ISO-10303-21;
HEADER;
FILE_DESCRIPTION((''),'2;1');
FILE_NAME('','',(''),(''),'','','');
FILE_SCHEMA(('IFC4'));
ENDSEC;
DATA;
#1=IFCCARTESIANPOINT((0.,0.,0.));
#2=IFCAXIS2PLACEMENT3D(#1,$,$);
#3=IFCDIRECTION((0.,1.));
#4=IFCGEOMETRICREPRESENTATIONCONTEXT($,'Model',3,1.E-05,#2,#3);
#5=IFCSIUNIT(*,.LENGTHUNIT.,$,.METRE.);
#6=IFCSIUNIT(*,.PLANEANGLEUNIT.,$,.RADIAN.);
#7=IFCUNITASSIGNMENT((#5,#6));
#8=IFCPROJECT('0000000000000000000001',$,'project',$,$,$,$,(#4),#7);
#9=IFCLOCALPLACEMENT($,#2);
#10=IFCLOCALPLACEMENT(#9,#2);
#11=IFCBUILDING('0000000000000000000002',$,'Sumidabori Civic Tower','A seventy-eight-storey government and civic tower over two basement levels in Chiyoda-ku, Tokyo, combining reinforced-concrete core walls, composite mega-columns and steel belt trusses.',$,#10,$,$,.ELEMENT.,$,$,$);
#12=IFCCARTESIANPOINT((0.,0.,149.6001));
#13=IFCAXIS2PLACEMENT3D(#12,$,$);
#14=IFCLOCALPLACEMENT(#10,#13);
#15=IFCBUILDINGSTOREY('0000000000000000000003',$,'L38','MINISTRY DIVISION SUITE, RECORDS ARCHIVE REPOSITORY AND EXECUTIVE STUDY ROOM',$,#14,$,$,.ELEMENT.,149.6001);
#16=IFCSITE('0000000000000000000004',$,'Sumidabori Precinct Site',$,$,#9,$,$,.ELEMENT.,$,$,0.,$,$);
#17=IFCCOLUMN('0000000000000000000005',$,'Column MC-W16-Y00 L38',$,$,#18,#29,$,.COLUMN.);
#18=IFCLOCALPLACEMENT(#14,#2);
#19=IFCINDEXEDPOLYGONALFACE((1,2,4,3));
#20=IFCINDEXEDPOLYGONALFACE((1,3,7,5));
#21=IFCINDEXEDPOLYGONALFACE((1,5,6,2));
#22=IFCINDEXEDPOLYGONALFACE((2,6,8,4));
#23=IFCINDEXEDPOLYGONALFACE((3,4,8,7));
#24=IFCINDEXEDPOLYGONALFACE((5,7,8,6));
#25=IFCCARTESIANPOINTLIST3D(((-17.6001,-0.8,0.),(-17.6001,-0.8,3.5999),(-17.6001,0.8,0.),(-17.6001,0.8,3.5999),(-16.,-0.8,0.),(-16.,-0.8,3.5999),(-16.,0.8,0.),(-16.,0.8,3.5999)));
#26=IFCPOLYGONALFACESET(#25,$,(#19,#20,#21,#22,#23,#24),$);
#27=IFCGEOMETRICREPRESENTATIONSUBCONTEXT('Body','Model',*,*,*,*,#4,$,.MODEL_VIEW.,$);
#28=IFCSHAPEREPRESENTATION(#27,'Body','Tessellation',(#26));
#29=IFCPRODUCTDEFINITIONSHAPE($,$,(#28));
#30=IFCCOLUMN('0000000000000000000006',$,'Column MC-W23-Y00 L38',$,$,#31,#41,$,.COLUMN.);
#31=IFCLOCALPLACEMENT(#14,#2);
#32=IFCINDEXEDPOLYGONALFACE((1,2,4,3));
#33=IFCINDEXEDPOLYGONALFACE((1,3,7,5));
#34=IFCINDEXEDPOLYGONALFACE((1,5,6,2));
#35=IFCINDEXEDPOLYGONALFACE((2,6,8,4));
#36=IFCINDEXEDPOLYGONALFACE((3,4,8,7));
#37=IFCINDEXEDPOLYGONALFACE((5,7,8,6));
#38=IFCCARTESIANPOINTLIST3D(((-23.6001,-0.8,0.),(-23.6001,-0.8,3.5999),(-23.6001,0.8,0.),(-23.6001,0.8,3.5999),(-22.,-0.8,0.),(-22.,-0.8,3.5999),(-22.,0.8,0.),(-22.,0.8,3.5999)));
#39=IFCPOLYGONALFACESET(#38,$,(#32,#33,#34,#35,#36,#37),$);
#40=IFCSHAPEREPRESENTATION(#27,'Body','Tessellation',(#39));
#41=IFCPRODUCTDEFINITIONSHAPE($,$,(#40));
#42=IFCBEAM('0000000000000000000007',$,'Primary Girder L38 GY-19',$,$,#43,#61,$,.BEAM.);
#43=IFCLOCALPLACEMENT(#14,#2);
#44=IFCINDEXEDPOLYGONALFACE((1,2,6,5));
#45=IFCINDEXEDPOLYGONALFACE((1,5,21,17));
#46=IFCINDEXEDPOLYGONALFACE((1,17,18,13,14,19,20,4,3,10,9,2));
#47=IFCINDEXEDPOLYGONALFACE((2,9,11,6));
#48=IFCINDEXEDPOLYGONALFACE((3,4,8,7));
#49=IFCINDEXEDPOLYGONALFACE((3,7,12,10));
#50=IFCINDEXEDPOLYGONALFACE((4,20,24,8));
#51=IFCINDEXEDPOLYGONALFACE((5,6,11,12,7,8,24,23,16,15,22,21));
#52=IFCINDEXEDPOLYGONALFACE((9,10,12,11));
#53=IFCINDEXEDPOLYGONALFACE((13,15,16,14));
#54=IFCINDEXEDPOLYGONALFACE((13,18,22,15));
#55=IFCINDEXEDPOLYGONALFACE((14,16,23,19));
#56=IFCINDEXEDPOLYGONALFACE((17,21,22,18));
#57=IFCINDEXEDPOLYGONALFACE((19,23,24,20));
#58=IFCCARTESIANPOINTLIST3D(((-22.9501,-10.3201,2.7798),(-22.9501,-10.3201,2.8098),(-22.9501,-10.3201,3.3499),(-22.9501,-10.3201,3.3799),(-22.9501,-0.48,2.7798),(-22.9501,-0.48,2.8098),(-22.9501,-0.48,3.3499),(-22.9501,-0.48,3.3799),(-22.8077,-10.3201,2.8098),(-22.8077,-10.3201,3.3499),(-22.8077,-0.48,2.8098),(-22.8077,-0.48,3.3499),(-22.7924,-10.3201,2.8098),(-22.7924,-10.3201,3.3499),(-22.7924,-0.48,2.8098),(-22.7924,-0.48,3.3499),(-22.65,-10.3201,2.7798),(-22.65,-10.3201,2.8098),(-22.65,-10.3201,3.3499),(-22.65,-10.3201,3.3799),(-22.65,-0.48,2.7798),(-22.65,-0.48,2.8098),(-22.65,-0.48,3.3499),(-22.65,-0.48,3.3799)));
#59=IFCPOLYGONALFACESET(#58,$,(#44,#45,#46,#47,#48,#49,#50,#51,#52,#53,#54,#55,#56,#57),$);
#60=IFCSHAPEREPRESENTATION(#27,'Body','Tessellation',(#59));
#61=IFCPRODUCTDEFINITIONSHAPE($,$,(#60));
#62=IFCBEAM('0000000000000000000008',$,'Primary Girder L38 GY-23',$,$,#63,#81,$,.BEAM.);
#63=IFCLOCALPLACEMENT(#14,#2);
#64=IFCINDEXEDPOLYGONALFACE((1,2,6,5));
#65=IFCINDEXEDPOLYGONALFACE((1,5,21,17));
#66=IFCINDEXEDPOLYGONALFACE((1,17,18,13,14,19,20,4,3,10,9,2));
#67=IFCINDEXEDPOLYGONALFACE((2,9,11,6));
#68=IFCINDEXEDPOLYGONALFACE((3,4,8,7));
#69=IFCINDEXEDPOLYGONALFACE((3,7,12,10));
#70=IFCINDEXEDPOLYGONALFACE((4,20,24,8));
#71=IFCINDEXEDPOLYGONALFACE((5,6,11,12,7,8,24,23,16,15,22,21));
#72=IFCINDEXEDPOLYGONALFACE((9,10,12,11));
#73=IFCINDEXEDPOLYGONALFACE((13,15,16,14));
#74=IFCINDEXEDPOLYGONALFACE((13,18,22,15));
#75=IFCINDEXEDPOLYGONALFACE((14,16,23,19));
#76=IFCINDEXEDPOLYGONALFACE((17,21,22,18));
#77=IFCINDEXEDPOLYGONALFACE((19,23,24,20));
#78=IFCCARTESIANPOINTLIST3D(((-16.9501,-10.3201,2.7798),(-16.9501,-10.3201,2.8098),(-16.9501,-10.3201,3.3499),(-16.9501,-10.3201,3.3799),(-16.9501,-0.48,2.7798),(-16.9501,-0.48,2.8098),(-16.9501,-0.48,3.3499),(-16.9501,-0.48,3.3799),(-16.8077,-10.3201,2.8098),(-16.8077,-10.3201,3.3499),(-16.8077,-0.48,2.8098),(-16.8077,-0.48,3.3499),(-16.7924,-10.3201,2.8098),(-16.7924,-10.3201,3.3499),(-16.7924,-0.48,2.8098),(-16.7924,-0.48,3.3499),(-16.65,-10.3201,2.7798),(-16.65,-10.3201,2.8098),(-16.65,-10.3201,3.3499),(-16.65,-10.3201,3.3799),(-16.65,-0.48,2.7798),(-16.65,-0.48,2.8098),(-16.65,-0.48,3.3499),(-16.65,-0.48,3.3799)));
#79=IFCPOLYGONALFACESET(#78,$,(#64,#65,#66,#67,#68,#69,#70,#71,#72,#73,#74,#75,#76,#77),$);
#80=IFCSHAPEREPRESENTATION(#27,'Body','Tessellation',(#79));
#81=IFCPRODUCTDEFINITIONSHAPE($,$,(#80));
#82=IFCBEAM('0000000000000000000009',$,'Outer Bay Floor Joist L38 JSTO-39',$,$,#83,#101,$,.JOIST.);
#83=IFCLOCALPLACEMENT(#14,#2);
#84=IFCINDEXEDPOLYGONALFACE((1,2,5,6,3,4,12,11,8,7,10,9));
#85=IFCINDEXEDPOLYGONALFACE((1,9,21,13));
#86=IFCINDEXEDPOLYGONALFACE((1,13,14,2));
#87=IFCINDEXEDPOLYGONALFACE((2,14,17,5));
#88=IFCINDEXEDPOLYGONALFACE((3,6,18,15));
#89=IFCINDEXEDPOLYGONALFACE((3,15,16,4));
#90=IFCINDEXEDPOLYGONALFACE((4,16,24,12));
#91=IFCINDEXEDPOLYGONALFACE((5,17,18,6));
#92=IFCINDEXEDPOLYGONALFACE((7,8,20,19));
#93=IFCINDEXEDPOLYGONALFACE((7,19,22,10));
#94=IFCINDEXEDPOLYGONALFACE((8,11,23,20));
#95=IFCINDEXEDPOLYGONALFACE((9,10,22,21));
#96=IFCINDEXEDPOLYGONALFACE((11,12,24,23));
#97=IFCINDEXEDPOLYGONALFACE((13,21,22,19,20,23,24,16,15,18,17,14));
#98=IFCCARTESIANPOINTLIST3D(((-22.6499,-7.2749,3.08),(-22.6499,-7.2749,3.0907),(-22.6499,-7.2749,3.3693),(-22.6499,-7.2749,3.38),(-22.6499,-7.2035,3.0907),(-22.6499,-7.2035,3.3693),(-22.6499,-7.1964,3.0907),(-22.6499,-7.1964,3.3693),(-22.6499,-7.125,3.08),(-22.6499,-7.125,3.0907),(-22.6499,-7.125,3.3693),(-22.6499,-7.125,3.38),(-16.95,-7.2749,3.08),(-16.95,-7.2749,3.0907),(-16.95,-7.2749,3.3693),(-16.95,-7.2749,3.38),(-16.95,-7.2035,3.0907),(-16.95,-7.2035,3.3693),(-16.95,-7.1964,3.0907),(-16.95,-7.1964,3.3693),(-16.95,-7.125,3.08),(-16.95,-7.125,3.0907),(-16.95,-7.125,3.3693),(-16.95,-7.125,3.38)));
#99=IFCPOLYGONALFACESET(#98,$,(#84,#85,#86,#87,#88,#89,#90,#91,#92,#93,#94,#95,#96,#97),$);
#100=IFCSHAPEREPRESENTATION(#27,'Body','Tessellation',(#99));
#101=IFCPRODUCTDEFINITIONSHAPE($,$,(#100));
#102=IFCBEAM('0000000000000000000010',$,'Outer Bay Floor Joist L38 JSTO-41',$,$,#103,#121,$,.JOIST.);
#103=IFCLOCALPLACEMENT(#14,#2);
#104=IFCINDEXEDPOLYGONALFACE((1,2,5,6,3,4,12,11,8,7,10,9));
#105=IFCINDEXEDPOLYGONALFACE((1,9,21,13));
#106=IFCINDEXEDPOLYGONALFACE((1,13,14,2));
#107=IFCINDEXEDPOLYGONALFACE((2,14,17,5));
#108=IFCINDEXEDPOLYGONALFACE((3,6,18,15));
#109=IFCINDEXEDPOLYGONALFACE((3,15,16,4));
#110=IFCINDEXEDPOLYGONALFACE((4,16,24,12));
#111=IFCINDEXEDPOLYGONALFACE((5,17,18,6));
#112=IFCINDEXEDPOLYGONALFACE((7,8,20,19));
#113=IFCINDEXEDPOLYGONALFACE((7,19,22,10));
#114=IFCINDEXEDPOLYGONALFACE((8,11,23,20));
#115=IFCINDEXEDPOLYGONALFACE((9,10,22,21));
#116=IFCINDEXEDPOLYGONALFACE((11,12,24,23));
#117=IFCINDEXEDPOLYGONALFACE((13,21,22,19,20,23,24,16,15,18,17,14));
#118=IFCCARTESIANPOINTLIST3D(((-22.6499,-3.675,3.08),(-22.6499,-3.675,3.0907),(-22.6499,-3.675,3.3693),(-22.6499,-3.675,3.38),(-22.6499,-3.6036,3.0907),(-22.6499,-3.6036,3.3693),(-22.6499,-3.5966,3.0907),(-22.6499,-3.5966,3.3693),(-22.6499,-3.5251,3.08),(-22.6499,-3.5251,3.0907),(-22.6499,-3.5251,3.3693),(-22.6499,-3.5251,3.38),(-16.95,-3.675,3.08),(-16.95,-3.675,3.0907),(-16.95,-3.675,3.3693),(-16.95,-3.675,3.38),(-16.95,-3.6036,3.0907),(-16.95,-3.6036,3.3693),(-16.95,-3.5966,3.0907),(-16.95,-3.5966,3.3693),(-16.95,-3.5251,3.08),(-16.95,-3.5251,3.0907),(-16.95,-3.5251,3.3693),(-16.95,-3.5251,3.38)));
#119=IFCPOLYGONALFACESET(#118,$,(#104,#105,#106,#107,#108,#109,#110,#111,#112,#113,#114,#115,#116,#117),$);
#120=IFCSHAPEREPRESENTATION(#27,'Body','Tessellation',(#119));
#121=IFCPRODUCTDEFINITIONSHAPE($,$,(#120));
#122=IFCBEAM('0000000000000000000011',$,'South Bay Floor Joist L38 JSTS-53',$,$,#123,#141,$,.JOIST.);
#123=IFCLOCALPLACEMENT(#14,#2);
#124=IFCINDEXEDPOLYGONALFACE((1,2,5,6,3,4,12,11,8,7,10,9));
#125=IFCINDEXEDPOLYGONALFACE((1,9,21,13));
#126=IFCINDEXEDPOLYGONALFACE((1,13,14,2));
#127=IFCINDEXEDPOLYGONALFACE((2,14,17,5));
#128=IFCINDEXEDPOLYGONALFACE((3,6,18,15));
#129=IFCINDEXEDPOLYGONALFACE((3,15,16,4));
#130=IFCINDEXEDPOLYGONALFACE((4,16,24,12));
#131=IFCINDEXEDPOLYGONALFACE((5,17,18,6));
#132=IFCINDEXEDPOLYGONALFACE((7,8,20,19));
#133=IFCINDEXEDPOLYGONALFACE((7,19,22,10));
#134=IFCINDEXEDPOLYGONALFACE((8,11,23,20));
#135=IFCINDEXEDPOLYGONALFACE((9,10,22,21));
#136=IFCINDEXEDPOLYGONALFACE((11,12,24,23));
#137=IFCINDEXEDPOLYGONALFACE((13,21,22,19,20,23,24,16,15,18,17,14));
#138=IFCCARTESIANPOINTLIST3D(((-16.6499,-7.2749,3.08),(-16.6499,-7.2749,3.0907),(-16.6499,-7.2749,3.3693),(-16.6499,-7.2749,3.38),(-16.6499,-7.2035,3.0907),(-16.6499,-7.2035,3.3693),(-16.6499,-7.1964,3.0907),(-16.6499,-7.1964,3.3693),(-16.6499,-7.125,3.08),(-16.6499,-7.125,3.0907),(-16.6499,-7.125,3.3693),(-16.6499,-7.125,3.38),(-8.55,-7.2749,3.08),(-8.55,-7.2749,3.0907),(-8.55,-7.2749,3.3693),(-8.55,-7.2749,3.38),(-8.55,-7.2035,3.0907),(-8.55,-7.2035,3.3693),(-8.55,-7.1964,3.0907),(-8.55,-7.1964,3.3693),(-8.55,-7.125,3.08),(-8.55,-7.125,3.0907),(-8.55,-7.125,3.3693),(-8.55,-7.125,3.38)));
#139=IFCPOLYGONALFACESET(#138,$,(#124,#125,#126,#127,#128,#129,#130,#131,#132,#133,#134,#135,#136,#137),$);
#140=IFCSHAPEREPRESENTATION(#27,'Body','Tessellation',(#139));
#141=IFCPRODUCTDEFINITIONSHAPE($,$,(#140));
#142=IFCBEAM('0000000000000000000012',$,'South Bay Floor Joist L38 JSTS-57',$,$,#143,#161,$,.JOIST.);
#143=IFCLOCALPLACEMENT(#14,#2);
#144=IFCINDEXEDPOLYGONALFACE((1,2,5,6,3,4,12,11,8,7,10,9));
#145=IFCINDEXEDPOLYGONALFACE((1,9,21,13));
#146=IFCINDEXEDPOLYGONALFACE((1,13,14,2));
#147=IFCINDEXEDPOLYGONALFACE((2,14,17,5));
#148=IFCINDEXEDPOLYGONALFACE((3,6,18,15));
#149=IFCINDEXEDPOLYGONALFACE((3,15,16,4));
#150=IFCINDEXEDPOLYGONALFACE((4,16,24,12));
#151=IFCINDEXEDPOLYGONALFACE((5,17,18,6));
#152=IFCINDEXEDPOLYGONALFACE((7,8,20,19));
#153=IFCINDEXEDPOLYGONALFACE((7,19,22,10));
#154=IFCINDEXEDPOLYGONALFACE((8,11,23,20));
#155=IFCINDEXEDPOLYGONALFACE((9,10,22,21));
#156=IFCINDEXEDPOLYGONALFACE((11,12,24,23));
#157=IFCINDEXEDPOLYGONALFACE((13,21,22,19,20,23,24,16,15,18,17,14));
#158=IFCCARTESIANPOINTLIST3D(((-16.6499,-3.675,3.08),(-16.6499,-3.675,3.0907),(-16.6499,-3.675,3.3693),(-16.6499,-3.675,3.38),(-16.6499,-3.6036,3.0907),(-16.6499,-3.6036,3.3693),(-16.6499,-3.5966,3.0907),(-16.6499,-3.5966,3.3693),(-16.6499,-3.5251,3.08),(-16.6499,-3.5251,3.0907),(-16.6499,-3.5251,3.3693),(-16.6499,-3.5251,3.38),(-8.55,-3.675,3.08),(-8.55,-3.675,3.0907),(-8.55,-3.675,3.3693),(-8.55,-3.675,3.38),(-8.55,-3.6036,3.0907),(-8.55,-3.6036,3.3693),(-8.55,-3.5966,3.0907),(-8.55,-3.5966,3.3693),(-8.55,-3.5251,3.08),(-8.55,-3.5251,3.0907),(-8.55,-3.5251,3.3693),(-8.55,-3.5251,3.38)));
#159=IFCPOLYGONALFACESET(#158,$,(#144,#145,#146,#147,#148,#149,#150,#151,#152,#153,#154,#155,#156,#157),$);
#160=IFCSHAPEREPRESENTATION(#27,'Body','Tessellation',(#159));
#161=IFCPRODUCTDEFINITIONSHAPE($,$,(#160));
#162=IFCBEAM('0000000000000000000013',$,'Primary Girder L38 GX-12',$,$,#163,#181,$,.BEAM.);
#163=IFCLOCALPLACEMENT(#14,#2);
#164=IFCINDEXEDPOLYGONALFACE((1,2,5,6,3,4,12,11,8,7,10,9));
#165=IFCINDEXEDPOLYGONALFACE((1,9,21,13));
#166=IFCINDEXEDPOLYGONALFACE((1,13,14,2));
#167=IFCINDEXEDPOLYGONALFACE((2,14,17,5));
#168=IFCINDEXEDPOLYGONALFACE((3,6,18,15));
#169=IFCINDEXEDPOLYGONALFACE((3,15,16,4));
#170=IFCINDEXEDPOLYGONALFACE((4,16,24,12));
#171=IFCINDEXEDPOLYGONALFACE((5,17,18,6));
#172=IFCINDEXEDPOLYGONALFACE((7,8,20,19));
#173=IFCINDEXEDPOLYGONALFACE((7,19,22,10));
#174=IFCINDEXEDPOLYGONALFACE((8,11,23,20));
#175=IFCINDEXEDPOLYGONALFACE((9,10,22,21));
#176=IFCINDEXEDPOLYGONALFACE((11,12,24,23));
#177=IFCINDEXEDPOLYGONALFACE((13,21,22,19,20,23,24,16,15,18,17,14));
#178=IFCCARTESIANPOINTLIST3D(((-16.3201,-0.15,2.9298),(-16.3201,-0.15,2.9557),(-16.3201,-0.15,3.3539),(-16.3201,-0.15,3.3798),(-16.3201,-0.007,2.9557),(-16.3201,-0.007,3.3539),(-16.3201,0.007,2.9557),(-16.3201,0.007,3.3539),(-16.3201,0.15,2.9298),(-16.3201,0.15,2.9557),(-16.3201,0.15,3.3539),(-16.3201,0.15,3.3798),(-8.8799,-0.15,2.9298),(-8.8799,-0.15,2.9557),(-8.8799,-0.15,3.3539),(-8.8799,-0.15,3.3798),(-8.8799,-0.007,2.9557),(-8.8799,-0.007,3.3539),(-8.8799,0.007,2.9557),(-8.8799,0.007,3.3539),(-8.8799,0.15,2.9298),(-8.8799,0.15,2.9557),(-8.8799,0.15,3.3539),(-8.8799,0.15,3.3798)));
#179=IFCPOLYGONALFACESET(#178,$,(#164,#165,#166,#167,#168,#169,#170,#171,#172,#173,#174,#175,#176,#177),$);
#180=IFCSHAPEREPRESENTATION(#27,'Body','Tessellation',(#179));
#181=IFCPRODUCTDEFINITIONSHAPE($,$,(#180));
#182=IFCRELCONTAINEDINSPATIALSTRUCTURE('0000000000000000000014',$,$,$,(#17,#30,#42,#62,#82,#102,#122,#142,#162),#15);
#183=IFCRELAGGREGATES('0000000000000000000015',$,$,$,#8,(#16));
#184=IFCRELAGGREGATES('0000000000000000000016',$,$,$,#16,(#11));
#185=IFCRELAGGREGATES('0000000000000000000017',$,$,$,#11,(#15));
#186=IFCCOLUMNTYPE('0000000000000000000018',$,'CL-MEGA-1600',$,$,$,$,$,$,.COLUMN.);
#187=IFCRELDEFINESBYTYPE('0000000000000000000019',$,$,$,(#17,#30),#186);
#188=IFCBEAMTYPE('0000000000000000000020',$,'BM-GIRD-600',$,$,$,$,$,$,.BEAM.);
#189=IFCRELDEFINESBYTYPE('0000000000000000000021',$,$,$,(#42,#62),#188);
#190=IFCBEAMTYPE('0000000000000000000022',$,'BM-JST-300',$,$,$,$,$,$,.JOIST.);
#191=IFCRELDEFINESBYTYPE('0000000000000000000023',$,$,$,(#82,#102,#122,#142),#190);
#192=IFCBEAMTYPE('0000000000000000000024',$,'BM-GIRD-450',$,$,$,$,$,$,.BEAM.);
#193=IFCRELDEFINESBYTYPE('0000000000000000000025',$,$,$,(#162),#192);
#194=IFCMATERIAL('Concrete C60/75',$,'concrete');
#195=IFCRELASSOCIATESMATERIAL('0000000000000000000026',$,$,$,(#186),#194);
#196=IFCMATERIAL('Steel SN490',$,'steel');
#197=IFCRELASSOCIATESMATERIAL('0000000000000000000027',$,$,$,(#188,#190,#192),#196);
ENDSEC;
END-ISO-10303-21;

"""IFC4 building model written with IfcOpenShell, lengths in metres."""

from ifc_helpers import new_model, si_unit, direction, frame, origin, origin_2d, place, context, subcontext, project, spatial, rectangle, i_section, extrude, source, transform, mapped, material, material_profile, profile_set, type_object, element, save


model = new_model("IFC4")

# Units and contexts
model_context = context("Model", 3, precision=1e-05, world=origin(), true_north=direction((0.0, 1.0)))
body_context = subcontext(model_context, "Body", "Model", "MODEL_VIEW")
ifc_project = project(units=[si_unit("LENGTHUNIT", "METRE"), si_unit("PLANEANGLEUNIT", "RADIAN")], contexts=[model_context])

# Site, building, storey
site_placement = place(None, origin())
site = spatial("IfcSite", under=ifc_project, at=site_placement, Name="Sumidabori Precinct Site", CompositionType="ELEMENT", RefElevation=0.0)
building_placement = place(site_placement, origin())
building = spatial("IfcBuilding", under=site, at=building_placement, Name="Sumidabori Civic Tower", Description="A seventy-eight-storey government and civic tower over two basement levels in Chiyoda-ku, Tokyo, combining reinforced-concrete core walls, composite mega-columns and steel belt trusses.", CompositionType="ELEMENT")
storey_placement = place(building_placement, frame((0.0, 0.0, 149.6001)))
storey = spatial("IfcBuildingStorey", under=building, at=storey_placement, Name="L38", Description="MINISTRY DIVISION SUITE, RECORDS ARCHIVE REPOSITORY AND EXECUTIVE STUDY ROOM", CompositionType="ELEMENT", Elevation=149.6001)

# Columns
ifc_material_1 = material(Name="Concrete C60/75", Category="concrete")
ifc_material_profile_1 = material_profile(ifc_material_1, rectangle(XDim=1.6001, YDim=1.6001, at=origin_2d()), Name="RC 1600x1600")
ifc_profile_set_1 = profile_set([ifc_material_profile_1], Name="Concrete C60/75")
column_type = type_object("IfcColumnType", Name="CL-MEGA-1600", PredefinedType="COLUMN", material=ifc_profile_set_1)
shared_shape_1 = source(origin(), body_context, "Body", "SweptSolid", [
    extrude(rectangle(XDim=1.6001, YDim=1.6001, at=origin_2d()), origin(), (0.0, 0.0, 1.0), 3.5999),
])
for number, where, z_axis, x_axis, name in (
    (1, (-16.8, 0.0, 0.0), (0.0, 0.0, 1.0), (1.0, 0.0, 0.0), "Column MC-W16-Y00 L38"),
    (2, (-22.8, 0.0, 0.0), (0.0, 0.0, 1.0), (1.0, 0.0, 0.0), "Column MC-W23-Y00 L38"),
):
    element("IfcColumn", number, at=place(storey_placement, frame(where, z_axis=z_axis, x_axis=x_axis)), inside=storey, type_object=column_type, Name=name, PredefinedType="COLUMN", context=body_context, shape_type="MappedRepresentation", body=[
        mapped(shared_shape_1, transform((0.0, 0.0, 0.0), x_axis=(1.0, 0.0, 0.0), y_axis=(0.0, 1.0, 0.0), z_axis=(0.0, 0.0, 1.0), scale=1.0)),
    ])

# Beams
ifc_material_2 = material(Name="Steel SN490", Category="steel")
ifc_material_profile_2 = material_profile(ifc_material_2, i_section(OverallWidth=0.3, OverallDepth=0.6001, WebThickness=0.0154, FlangeThickness=0.03, at=origin_2d()), Name="HE 600 B")
ifc_profile_set_2 = profile_set([ifc_material_profile_2], Name="Steel SN490")
beam_type_1 = type_object("IfcBeamType", Name="BM-GIRD-600", PredefinedType="BEAM", material=ifc_profile_set_2)
shared_shape_2 = source(origin(), body_context, "Body", "SweptSolid", [
    extrude(i_section(OverallWidth=0.3, OverallDepth=0.6001, WebThickness=0.0154, FlangeThickness=0.03, at=origin_2d()), origin(), (0.0, 0.0, 1.0), 9.8401),
])
for number, where, z_axis, x_axis, name in (
    (3, (-22.8, -10.3201, 3.0798), (0.0, 1.0, 0.0), (-1.0, 0.0, 0.0), "Primary Girder L38 GY-19"),
    (4, (-16.8, -10.3201, 3.0798), (0.0, 1.0, 0.0), (-1.0, 0.0, 0.0), "Primary Girder L38 GY-23"),
):
    element("IfcBeam", number, at=place(storey_placement, frame(where, z_axis=z_axis, x_axis=x_axis)), inside=storey, type_object=beam_type_1, Name=name, PredefinedType="BEAM", context=body_context, shape_type="MappedRepresentation", body=[
        mapped(shared_shape_2, transform((0.0, 0.0, 0.0), x_axis=(1.0, 0.0, 0.0), y_axis=(0.0, 1.0, 0.0), z_axis=(0.0, 0.0, 1.0), scale=1.0)),
    ])
ifc_material_profile_3 = material_profile(ifc_material_2, i_section(OverallWidth=0.1499, OverallDepth=0.3, WebThickness=0.0071, FlangeThickness=0.0107, at=origin_2d()), Name="IPE 300")
ifc_profile_set_3 = profile_set([ifc_material_profile_3], Name="Steel SN490")
beam_type_2 = type_object("IfcBeamType", Name="BM-JST-300", PredefinedType="JOIST", material=ifc_profile_set_3)
shared_shape_3 = source(origin(), body_context, "Body", "SweptSolid", [
    extrude(i_section(OverallWidth=0.1499, OverallDepth=0.3, WebThickness=0.0071, FlangeThickness=0.0107, at=origin_2d()), origin(), (0.0, 0.0, 1.0), 5.7),
])
for number, where, z_axis, x_axis, name in (
    (5, (-22.6499, -7.2, 3.23), (1.0, 0.0, 0.0), (0.0, 1.0, 0.0), "Outer Bay Floor Joist L38 JSTO-39"),
    (6, (-22.6499, -3.6001, 3.23), (1.0, 0.0, 0.0), (0.0, 1.0, 0.0), "Outer Bay Floor Joist L38 JSTO-41"),
):
    element("IfcBeam", number, at=place(storey_placement, frame(where, z_axis=z_axis, x_axis=x_axis)), inside=storey, type_object=beam_type_2, Name=name, PredefinedType="JOIST", context=body_context, shape_type="MappedRepresentation", body=[
        mapped(shared_shape_3, transform((0.0, 0.0, 0.0), x_axis=(1.0, 0.0, 0.0), y_axis=(0.0, 1.0, 0.0), z_axis=(0.0, 0.0, 1.0), scale=1.0)),
    ])
shared_shape_4 = source(origin(), body_context, "Body", "SweptSolid", [
    extrude(i_section(OverallWidth=0.1499, OverallDepth=0.3, WebThickness=0.0071, FlangeThickness=0.0107, at=origin_2d()), origin(), (0.0, 0.0, 1.0), 8.0999),
])
for number, where, z_axis, x_axis, name in (
    (7, (-16.6499, -7.2, 3.23), (1.0, 0.0, 0.0), (0.0, 1.0, 0.0), "South Bay Floor Joist L38 JSTS-53"),
    (8, (-16.6499, -3.6001, 3.23), (1.0, 0.0, 0.0), (0.0, 1.0, 0.0), "South Bay Floor Joist L38 JSTS-57"),
):
    element("IfcBeam", number, at=place(storey_placement, frame(where, z_axis=z_axis, x_axis=x_axis)), inside=storey, type_object=beam_type_2, Name=name, PredefinedType="JOIST", context=body_context, shape_type="MappedRepresentation", body=[
        mapped(shared_shape_4, transform((0.0, 0.0, 0.0), x_axis=(1.0, 0.0, 0.0), y_axis=(0.0, 1.0, 0.0), z_axis=(0.0, 0.0, 1.0), scale=1.0)),
    ])
ifc_material_profile_4 = material_profile(ifc_material_2, i_section(OverallWidth=0.3, OverallDepth=0.45, WebThickness=0.0139, FlangeThickness=0.0259, at=origin_2d()), Name="HE 450 B")
ifc_profile_set_4 = profile_set([ifc_material_profile_4], Name="Steel SN490")
beam_type_3 = type_object("IfcBeamType", Name="BM-GIRD-450", PredefinedType="BEAM", material=ifc_profile_set_4)
shared_shape_5 = source(origin(), body_context, "Body", "SweptSolid", [
    extrude(i_section(OverallWidth=0.3, OverallDepth=0.45, WebThickness=0.0139, FlangeThickness=0.0259, at=origin_2d()), origin(), (0.0, 0.0, 1.0), 7.4402),
])
beam_1_placement = place(storey_placement, frame((-16.3201, 0.0, 3.1548), z_axis=(1.0, 0.0, 0.0), x_axis=(0.0, 1.0, 0.0)))
element("IfcBeam", 9, at=beam_1_placement, inside=storey, type_object=beam_type_3, Name="Primary Girder L38 GX-12", PredefinedType="BEAM", context=body_context, shape_type="MappedRepresentation", body=[
    mapped(shared_shape_5, transform((0.0, 0.0, 0.0), x_axis=(1.0, 0.0, 0.0), y_axis=(0.0, 1.0, 0.0), z_axis=(0.0, 0.0, 1.0), scale=1.0)),
])

save(model, "model.ifc")
